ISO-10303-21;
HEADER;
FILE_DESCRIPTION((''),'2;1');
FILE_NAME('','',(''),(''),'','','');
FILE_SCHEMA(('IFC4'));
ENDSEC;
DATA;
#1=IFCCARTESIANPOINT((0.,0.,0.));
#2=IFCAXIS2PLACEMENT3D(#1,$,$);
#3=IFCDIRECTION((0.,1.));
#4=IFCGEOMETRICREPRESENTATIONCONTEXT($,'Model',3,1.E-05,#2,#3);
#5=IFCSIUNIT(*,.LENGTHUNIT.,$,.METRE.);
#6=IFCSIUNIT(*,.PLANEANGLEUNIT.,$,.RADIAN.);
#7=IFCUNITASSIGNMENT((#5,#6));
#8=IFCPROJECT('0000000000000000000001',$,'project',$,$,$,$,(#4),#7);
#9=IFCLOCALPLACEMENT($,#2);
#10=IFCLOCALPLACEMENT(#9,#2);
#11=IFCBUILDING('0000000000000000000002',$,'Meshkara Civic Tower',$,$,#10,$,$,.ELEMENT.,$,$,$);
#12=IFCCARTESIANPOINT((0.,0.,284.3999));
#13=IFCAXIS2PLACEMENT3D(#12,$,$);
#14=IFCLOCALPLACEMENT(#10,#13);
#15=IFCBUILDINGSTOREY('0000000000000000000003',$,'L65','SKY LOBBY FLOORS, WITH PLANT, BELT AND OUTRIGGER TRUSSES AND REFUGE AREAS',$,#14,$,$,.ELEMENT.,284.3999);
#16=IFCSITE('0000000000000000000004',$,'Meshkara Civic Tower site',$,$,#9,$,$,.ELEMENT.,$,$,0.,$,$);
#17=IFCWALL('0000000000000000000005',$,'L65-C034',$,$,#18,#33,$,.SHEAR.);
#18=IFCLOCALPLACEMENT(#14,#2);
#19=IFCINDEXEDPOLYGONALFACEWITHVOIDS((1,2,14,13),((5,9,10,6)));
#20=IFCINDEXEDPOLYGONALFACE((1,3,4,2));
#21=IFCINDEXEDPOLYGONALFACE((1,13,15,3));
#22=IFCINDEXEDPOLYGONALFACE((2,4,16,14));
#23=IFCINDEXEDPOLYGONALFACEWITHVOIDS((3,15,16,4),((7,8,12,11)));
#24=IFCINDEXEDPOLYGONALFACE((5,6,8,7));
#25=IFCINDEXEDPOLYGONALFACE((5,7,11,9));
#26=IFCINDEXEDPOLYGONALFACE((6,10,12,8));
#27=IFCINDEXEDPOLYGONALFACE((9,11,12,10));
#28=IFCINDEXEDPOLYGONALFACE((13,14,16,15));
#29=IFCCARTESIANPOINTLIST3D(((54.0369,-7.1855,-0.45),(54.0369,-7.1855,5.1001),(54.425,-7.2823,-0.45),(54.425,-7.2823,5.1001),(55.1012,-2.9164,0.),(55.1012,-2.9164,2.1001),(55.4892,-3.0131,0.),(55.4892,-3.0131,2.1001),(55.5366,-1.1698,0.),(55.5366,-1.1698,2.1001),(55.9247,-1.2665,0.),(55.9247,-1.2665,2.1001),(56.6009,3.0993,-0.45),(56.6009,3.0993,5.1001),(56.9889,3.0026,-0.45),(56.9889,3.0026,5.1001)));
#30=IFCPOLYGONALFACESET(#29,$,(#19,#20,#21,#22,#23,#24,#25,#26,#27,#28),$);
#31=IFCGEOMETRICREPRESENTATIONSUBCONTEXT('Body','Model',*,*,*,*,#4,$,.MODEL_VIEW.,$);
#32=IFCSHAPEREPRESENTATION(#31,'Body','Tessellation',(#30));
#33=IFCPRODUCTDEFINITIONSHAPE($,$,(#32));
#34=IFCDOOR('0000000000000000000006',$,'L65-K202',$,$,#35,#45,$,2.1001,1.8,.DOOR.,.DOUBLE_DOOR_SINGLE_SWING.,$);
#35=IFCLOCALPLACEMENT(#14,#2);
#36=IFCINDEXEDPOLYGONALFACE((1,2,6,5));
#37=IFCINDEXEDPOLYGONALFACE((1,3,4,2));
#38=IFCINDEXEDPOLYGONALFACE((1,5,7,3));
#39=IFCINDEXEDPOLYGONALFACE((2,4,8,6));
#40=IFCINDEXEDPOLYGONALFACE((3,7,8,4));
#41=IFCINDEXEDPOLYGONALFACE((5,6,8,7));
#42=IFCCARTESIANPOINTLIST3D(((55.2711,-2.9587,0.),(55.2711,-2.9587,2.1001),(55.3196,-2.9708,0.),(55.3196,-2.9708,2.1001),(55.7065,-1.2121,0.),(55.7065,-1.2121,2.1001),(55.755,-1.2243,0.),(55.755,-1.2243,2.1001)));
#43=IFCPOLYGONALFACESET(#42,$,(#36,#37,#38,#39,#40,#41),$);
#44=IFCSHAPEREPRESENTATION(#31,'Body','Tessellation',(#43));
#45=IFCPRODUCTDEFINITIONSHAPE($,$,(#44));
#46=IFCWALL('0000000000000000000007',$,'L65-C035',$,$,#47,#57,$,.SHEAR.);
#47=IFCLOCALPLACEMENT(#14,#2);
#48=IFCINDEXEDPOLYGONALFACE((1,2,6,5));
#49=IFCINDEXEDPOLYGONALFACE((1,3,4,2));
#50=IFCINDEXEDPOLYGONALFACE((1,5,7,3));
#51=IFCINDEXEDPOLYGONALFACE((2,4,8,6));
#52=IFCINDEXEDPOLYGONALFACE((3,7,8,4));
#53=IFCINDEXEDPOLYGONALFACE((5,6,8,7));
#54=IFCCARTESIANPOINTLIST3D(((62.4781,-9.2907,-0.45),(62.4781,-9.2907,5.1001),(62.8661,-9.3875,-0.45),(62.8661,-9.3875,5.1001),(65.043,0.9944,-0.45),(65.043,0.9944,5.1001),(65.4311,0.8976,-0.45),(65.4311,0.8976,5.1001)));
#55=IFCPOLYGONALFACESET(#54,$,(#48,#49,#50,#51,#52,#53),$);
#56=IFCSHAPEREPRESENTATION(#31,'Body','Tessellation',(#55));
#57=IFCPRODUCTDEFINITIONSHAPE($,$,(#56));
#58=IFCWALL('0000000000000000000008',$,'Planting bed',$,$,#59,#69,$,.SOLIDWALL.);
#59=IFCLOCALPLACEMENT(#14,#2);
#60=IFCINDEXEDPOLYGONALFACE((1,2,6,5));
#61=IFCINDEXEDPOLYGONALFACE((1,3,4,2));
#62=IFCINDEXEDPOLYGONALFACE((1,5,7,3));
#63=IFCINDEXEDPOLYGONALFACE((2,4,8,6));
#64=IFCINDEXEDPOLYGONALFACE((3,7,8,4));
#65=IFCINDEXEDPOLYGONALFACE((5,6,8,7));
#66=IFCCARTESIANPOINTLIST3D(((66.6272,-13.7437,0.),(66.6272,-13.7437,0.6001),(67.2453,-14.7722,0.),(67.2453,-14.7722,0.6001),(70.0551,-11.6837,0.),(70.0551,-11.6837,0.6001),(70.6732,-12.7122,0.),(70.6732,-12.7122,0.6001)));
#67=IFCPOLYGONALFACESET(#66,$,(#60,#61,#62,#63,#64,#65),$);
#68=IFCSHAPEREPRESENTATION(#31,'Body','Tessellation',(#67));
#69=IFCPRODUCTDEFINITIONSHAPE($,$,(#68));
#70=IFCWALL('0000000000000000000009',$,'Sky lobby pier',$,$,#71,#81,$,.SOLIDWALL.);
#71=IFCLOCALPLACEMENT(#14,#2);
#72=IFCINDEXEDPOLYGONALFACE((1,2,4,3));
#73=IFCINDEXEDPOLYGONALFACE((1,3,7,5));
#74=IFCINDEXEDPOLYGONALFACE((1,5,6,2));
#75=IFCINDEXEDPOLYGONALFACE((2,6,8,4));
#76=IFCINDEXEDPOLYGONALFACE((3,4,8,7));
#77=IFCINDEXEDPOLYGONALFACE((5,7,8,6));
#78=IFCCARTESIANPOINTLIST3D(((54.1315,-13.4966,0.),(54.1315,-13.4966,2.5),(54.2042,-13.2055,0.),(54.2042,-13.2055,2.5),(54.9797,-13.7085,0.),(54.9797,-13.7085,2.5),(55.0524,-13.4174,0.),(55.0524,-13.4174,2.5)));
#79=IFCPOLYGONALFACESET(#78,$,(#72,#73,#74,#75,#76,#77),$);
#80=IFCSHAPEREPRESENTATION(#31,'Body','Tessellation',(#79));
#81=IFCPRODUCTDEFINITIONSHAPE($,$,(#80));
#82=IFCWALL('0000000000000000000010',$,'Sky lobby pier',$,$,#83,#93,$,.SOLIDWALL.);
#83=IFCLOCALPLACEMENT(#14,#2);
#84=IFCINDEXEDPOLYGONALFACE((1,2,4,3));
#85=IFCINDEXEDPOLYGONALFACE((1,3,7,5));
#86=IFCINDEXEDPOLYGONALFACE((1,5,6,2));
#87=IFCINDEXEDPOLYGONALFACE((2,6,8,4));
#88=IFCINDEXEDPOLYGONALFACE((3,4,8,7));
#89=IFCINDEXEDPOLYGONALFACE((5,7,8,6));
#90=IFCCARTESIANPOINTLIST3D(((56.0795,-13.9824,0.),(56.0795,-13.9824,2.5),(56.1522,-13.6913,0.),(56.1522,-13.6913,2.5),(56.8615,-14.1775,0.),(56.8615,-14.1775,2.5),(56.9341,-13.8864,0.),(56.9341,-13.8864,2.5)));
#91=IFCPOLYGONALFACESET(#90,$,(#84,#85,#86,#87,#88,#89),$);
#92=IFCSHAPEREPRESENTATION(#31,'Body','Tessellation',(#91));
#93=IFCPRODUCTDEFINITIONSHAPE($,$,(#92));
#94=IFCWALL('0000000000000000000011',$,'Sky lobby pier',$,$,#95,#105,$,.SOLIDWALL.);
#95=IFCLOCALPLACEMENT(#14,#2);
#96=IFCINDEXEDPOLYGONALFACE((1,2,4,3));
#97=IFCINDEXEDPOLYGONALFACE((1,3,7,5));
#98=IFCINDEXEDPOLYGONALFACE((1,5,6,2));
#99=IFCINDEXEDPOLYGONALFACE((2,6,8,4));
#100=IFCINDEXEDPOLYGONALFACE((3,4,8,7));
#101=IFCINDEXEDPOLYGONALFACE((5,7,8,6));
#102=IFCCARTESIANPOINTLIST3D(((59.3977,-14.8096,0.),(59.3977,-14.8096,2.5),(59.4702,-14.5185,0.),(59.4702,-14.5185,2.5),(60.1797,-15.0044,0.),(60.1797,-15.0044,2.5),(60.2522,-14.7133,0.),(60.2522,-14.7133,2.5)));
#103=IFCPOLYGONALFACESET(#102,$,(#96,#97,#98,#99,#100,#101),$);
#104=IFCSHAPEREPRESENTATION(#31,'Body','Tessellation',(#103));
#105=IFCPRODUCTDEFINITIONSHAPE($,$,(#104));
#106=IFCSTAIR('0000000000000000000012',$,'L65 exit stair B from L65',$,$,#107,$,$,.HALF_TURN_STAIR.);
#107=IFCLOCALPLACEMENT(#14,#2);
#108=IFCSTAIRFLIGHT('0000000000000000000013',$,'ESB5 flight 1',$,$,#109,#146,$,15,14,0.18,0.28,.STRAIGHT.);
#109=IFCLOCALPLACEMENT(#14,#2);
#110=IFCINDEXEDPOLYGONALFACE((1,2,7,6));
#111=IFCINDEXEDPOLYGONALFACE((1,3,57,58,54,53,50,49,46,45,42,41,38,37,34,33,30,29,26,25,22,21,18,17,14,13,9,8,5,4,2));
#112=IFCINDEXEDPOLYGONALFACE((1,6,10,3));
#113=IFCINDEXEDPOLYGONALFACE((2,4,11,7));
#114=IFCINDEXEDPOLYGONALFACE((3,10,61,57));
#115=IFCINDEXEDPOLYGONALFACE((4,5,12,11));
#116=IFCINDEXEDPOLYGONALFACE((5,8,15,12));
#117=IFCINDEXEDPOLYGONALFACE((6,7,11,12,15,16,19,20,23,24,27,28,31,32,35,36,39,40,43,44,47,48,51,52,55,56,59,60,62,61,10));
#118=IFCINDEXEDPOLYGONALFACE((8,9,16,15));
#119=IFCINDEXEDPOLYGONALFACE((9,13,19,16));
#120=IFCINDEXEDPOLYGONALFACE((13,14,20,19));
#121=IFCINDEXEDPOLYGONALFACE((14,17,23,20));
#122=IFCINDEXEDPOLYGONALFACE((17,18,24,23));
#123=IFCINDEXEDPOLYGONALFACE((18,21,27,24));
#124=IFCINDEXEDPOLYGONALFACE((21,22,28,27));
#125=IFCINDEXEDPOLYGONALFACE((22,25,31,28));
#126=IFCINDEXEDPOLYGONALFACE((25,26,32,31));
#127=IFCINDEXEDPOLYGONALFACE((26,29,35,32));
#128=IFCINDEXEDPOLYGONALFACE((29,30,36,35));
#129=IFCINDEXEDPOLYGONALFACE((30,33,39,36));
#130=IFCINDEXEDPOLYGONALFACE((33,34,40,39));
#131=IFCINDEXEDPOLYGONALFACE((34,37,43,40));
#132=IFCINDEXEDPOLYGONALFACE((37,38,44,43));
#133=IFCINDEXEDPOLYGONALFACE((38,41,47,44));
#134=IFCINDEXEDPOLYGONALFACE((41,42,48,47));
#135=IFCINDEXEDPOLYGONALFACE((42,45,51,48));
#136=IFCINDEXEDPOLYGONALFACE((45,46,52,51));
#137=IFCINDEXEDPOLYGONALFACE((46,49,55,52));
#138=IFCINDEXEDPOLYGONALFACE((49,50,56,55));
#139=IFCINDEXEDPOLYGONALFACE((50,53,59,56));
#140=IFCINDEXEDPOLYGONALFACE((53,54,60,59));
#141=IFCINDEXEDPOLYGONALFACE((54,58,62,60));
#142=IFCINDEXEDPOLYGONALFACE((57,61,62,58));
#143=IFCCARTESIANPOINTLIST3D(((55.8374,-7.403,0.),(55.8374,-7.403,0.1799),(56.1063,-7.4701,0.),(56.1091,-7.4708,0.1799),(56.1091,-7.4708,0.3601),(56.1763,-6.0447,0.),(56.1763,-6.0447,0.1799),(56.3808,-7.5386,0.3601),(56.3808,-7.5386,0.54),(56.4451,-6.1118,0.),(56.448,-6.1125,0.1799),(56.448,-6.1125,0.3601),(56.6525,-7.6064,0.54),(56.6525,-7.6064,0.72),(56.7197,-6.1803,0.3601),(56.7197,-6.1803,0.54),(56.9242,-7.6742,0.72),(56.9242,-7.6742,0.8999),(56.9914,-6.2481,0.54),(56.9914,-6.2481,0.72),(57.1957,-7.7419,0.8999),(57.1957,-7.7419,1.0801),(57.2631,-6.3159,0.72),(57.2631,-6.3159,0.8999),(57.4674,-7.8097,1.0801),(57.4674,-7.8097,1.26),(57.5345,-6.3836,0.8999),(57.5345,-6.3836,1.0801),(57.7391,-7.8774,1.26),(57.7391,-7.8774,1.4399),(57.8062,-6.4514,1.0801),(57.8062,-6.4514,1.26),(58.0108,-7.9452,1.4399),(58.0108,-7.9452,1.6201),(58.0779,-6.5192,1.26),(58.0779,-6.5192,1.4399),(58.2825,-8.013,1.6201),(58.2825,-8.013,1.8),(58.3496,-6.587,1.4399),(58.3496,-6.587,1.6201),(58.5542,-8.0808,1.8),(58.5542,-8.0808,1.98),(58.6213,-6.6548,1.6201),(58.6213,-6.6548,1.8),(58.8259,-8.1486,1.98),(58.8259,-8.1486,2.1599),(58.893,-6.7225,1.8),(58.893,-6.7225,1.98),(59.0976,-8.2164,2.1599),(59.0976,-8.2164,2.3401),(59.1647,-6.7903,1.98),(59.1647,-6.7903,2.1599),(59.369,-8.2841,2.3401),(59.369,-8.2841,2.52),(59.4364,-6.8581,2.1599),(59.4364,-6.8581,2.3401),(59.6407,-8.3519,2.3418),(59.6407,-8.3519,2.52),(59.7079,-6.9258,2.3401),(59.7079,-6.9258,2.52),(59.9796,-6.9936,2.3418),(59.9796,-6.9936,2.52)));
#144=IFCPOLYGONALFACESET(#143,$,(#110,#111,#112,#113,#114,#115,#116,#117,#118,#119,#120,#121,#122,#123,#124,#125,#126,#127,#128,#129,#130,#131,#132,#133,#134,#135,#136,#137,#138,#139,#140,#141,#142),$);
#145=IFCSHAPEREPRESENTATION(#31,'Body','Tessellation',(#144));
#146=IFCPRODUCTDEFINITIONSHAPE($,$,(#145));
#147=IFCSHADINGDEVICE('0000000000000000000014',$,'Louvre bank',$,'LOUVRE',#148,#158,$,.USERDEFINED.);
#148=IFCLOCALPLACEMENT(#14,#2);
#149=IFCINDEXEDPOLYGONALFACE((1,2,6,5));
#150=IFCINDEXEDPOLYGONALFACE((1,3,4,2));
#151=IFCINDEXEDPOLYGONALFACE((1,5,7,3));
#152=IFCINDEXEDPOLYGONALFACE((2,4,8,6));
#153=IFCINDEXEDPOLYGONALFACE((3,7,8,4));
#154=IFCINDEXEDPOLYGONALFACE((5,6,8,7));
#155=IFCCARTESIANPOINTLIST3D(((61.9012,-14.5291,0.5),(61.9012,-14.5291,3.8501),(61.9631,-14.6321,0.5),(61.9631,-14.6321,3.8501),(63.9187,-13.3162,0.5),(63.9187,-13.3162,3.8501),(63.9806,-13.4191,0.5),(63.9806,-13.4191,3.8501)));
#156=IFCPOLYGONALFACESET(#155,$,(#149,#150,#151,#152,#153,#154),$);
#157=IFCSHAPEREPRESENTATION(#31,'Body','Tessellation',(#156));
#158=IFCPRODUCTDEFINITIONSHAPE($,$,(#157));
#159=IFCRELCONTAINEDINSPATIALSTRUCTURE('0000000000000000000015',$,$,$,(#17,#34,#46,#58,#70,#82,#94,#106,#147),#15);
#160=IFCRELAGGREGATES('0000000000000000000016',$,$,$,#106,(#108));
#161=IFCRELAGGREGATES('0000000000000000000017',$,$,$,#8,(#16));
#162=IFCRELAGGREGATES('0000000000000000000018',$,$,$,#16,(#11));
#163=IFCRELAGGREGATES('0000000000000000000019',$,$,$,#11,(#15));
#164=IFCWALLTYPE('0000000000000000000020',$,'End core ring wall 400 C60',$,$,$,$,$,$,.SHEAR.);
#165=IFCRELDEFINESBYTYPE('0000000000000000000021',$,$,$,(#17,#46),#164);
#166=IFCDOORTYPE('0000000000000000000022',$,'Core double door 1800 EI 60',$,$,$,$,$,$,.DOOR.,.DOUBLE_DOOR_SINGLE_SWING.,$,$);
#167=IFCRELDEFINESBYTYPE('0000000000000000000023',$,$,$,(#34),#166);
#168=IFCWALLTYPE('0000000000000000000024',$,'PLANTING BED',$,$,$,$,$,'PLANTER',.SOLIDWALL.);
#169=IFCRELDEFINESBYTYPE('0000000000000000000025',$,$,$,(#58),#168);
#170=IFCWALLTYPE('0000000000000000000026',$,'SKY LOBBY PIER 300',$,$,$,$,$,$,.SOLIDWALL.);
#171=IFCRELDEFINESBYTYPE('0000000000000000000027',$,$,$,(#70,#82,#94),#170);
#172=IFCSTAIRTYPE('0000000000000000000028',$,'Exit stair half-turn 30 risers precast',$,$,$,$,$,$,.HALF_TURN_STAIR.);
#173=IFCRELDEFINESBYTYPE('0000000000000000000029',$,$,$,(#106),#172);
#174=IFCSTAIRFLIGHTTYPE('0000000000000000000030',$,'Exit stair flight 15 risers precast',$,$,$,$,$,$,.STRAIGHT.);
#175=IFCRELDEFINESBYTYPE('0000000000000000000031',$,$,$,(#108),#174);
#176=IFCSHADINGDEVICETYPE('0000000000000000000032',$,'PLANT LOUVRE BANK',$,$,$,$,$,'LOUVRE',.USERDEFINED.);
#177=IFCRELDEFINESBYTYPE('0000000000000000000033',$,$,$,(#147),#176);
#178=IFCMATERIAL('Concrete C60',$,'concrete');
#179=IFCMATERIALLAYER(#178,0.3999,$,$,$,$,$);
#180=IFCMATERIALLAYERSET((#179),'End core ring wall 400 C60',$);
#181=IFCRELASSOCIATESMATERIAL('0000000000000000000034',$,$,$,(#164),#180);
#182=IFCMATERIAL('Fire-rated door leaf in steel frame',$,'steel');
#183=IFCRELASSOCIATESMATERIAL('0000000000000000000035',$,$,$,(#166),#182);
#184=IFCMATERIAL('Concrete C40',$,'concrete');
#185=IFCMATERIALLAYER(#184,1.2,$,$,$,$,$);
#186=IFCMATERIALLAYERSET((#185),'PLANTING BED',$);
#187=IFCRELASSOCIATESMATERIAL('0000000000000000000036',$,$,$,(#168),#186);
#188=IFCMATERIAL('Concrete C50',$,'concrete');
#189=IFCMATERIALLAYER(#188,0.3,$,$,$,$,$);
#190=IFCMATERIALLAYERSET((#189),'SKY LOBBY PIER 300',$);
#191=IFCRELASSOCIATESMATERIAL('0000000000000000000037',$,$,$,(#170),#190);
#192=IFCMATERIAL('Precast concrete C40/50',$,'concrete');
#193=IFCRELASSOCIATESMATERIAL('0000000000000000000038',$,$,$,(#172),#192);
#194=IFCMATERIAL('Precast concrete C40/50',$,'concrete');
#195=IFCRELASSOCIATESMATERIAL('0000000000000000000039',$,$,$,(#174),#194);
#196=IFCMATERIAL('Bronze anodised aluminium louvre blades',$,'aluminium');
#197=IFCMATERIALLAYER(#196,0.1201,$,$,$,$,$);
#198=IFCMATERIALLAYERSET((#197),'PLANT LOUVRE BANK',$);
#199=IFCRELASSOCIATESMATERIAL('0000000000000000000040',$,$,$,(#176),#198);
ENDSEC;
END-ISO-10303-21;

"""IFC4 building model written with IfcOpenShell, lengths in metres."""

from ifc_helpers import new_model, si_unit, direction, frame, frame_2d, origin, origin_2d, place, context, subcontext, project, spatial, polyline, rectangle, outline, extrude, material, layer, layer_set, type_object, element, fill, aggregate, save


model = new_model("IFC4")

# Units and contexts
model_context = context("Model", 3, precision=1e-05, world=origin(), true_north=direction((0.0, 1.0)))
body_context = subcontext(model_context, "Body", "Model", "MODEL_VIEW")
ifc_project = project(units=[si_unit("LENGTHUNIT", "METRE"), si_unit("PLANEANGLEUNIT", "RADIAN")], contexts=[model_context])

# Site, building, storey
site_placement = place(None, origin())
site = spatial("IfcSite", under=ifc_project, at=site_placement, Name="Meshkara Civic Tower site", CompositionType="ELEMENT", RefElevation=0.0)
building_placement = place(site_placement, origin())
building = spatial("IfcBuilding", under=site, at=building_placement, Name="Meshkara Civic Tower", CompositionType="ELEMENT")
storey_placement = place(building_placement, frame((0.0, 0.0, 284.3999)))
storey = spatial("IfcBuildingStorey", under=building, at=storey_placement, Name="L65", Description="SKY LOBBY FLOORS, WITH PLANT, BELT AND OUTRIGGER TRUSSES AND REFUGE AREAS", CompositionType="ELEMENT", Elevation=284.3999)

# Shared definitions
ifc_material_1 = material(Name="Concrete C60", Category="concrete")
ifc_layer_1 = layer(ifc_material_1, 0.3999)
ifc_layer_set_1 = layer_set([ifc_layer_1], Name="End core ring wall 400 C60")
wall_type_1 = type_object("IfcWallType", Name="End core ring wall 400 C60", PredefinedType="SHEAR", material=ifc_layer_set_1)

# Wall, opening, door
wall_1_placement = place(storey_placement, frame((54.231, -7.2339, -0.45), z_axis=(0.0, 0.0, 1.0), x_axis=(0.241891, 0.970304, 0.0)))
wall_1 = element("IfcWall", 1, at=wall_1_placement, inside=storey, type_object=wall_type_1, Name="L65-C034", PredefinedType="SHEAR", context=body_context, shape_type="SweptSolid", body=[
    extrude(rectangle(XDim=10.5996, YDim=0.3999, at=frame_2d((5.2998, 0.0))), origin(), (0.0, 0.0, 1.0), 5.55),
])
opening_1_placement = place(wall_1_placement, frame((4.3999, 0.0, 0.45)))
opening_1 = element("IfcOpeningElement", 2, at=opening_1_placement, cuts=wall_1, PredefinedType="OPENING", context=body_context, shape_type="SweptSolid", body=[
    extrude(rectangle(XDim=1.8, YDim=2.1001, at=frame_2d((0.8999, 1.05))), frame((0.0, 0.21, 0.0), z_axis=(0.0, -1.0, 0.0), x_axis=(1.0, 0.0, 0.0)), (0.0, 0.0, 1.0), 0.4199),
])
ifc_material_2 = material(Name="Fire-rated door leaf in steel frame", Category="steel")
door_type_1 = type_object("IfcDoorType", Name="Core double door 1800 EI 60", OperationType="DOUBLE_DOOR_SINGLE_SWING", PredefinedType="DOOR", material=ifc_material_2)
door_1_placement = place(opening_1_placement, origin())
door_1 = element("IfcDoor", 3, at=door_1_placement, inside=storey, type_object=door_type_1, Name="L65-K202", OperationType="DOUBLE_DOOR_SINGLE_SWING", OverallHeight=2.1001, OverallWidth=1.8, PredefinedType="DOOR", context=body_context, shape_type="SweptSolid", body=[
    extrude(rectangle(XDim=1.8, YDim=2.1001, at=frame_2d((0.8999, 1.05))), frame((0.0, 0.0249, 0.0), z_axis=(0.0, -1.0, 0.0), x_axis=(1.0, 0.0, 0.0)), (0.0, 0.0, 1.0), 0.05),
])
fill(opening_1, door_1)

# Walls
wall_2_placement = place(storey_placement, frame((62.6721, -9.3391, -0.45), z_axis=(0.0, 0.0, 1.0), x_axis=(0.241972, 0.970283, 0.0)))
element("IfcWall", 4, at=wall_2_placement, inside=storey, type_object=wall_type_1, Name="L65-C035", PredefinedType="SHEAR", context=body_context, shape_type="SweptSolid", body=[
    extrude(rectangle(XDim=10.6001, YDim=0.3999, at=frame_2d((5.3, 0.0))), origin(), (0.0, 0.0, 1.0), 5.55),
])
ifc_material_3 = material(Name="Concrete C40", Category="concrete")
ifc_layer_2 = layer(ifc_material_3, 1.2)
ifc_layer_set_2 = layer_set([ifc_layer_2], Name="PLANTING BED")
wall_type_2 = type_object("IfcWallType", Name="PLANTING BED", ElementType="PLANTER", PredefinedType="SOLIDWALL", material=ifc_layer_set_2)
wall_3_placement = place(storey_placement, frame((70.364, -12.198, 0.0), z_axis=(0.0, 0.0, 1.0), x_axis=(-0.857132, -0.515097, 0.0)))
element("IfcWall", 5, at=wall_3_placement, inside=storey, type_object=wall_type_2, Name="Planting bed", PredefinedType="SOLIDWALL", context=body_context, shape_type="SweptSolid", body=[
    extrude(rectangle(XDim=3.9993, YDim=1.2, at=frame_2d((1.9995, 0.0))), origin(), (0.0, 0.0, 1.0), 0.6001),
])
ifc_material_4 = material(Name="Concrete C50", Category="concrete")
ifc_layer_3 = layer(ifc_material_4, 0.3)
ifc_layer_set_3 = layer_set([ifc_layer_3], Name="SKY LOBBY PIER 300")
wall_type_3 = type_object("IfcWallType", Name="SKY LOBBY PIER 300", PredefinedType="SOLIDWALL", material=ifc_layer_set_3)
wall_4_placement = place(storey_placement, frame((54.168, -13.3511, 0.0), z_axis=(0.0, 0.0, 1.0), x_axis=(0.970175, -0.242404, 0.0)))
element("IfcWall", 6, at=wall_4_placement, inside=storey, type_object=wall_type_3, Name="Sky lobby pier", PredefinedType="SOLIDWALL", context=body_context, shape_type="SweptSolid", body=[
    extrude(rectangle(XDim=0.8743, YDim=0.3, at=frame_2d((0.437, 0.0))), origin(), (0.0, 0.0, 1.0), 2.5),
])
for number, where, z_axis, x_axis, name in (
    (7, (56.116, -13.8369, 0.0), (0.0, 0.0, 1.0), (0.970267, -0.242037, 0.0), "Sky lobby pier"),
    (8, (59.4341, -14.6641, 0.0), (0.0, 0.0, 1.0), (0.970338, -0.241751, 0.0), "Sky lobby pier"),
):
    element("IfcWall", number, at=place(storey_placement, frame(where, z_axis=z_axis, x_axis=x_axis)), inside=storey, type_object=wall_type_3, Name=name, PredefinedType="SOLIDWALL", context=body_context, shape_type="SweptSolid", body=[
        extrude(rectangle(XDim=0.8059, YDim=0.3, at=frame_2d((0.4028, 0.0))), origin(), (0.0, 0.0, 1.0), 2.5),
    ])

# Stair, stair flight
ifc_material_5 = material(Name="Precast concrete C40/50", Category="concrete")
stair_type = type_object("IfcStairType", Name="Exit stair half-turn 30 risers precast", PredefinedType="HALF_TURN_STAIR", material=ifc_material_5)
stair_placement = place(storey_placement, origin())
stair = element("IfcStair", 9, at=stair_placement, inside=storey, type_object=stair_type, Name="L65 exit stair B from L65", PredefinedType="HALF_TURN_STAIR")
ifc_material_6 = material(Name="Precast concrete C40/50", Category="concrete")
stair_flight_type = type_object("IfcStairFlightType", Name="Exit stair flight 15 risers precast", PredefinedType="STRAIGHT", material=ifc_material_6)
stair_flight_placement = place(storey_placement, frame((56.0068, -6.7239, 0.0), z_axis=(0.0, 0.0, 1.0), x_axis=(0.97026, -0.242065, 0.0)))
stair_flight = element("IfcStairFlight", 10, at=stair_flight_placement, type_object=stair_flight_type, Name="ESB5 flight 1", NumberOfRisers=15, NumberOfTreads=14, PredefinedType="STRAIGHT", RiserHeight=0.18, TreadLength=0.28, context=body_context, shape_type="SweptSolid", body=[
    extrude(outline(polyline([(0.0, 0.0), (0.0, 0.1799), (0.28, 0.1799), (0.28, 0.3601), (0.5601, 0.3601), (0.5601, 0.54), (0.8401, 0.54), (0.8401, 0.72), (1.1201, 0.72), (1.1201, 0.8999), (1.3999, 0.8999), (1.3999, 1.0801), (1.6799, 1.0801), (1.6799, 1.26), (1.96, 1.26), (1.96, 1.4399), (2.24, 1.4399), (2.24, 1.6201), (2.52, 1.6201), (2.52, 1.8), (2.8, 1.8), (2.8, 1.98), (3.0801, 1.98), (3.0801, 2.1599), (3.3601, 2.1599), (3.3601, 2.3401), (3.6399, 2.3401), (3.6399, 2.52), (3.9199, 2.52), (3.9199, 2.7), (3.9199, 2.3418), (0.2771, 0.0), (0.0, 0.0)])), frame((0.0, 0.7, 0.0), z_axis=(0.0, -1.0, 0.0), x_axis=(1.0, 0.0, 0.0)), (0.0, 0.0, 1.0), 1.3999),
])
aggregate(stair, [stair_flight])

# Shading device
ifc_material_7 = material(Name="Bronze anodised aluminium louvre blades", Category="aluminium")
ifc_layer_4 = layer(ifc_material_7, 0.1201)
ifc_layer_set_4 = layer_set([ifc_layer_4], Name="PLANT LOUVRE BANK")
shading_device_type = type_object("IfcShadingDeviceType", Name="PLANT LOUVRE BANK", ElementType="LOUVRE", PredefinedType="USERDEFINED", material=ifc_layer_set_4)
shading_device_placement = place(storey_placement, frame((62.9409, -13.9741, 0.5), z_axis=(0.0, 0.0, 1.0), x_axis=(0.857032, 0.515262, 0.0)))
element("IfcShadingDevice", 11, at=shading_device_placement, inside=storey, type_object=shading_device_type, Name="Louvre bank", ObjectType="LOUVRE", PredefinedType="USERDEFINED", context=body_context, shape_type="SweptSolid", body=[
    extrude(rectangle(XDim=2.354, YDim=0.1201, at=origin_2d()), origin(), (0.0, 0.0, 1.0), 3.3501),
])

save(model, "model.ifc")
